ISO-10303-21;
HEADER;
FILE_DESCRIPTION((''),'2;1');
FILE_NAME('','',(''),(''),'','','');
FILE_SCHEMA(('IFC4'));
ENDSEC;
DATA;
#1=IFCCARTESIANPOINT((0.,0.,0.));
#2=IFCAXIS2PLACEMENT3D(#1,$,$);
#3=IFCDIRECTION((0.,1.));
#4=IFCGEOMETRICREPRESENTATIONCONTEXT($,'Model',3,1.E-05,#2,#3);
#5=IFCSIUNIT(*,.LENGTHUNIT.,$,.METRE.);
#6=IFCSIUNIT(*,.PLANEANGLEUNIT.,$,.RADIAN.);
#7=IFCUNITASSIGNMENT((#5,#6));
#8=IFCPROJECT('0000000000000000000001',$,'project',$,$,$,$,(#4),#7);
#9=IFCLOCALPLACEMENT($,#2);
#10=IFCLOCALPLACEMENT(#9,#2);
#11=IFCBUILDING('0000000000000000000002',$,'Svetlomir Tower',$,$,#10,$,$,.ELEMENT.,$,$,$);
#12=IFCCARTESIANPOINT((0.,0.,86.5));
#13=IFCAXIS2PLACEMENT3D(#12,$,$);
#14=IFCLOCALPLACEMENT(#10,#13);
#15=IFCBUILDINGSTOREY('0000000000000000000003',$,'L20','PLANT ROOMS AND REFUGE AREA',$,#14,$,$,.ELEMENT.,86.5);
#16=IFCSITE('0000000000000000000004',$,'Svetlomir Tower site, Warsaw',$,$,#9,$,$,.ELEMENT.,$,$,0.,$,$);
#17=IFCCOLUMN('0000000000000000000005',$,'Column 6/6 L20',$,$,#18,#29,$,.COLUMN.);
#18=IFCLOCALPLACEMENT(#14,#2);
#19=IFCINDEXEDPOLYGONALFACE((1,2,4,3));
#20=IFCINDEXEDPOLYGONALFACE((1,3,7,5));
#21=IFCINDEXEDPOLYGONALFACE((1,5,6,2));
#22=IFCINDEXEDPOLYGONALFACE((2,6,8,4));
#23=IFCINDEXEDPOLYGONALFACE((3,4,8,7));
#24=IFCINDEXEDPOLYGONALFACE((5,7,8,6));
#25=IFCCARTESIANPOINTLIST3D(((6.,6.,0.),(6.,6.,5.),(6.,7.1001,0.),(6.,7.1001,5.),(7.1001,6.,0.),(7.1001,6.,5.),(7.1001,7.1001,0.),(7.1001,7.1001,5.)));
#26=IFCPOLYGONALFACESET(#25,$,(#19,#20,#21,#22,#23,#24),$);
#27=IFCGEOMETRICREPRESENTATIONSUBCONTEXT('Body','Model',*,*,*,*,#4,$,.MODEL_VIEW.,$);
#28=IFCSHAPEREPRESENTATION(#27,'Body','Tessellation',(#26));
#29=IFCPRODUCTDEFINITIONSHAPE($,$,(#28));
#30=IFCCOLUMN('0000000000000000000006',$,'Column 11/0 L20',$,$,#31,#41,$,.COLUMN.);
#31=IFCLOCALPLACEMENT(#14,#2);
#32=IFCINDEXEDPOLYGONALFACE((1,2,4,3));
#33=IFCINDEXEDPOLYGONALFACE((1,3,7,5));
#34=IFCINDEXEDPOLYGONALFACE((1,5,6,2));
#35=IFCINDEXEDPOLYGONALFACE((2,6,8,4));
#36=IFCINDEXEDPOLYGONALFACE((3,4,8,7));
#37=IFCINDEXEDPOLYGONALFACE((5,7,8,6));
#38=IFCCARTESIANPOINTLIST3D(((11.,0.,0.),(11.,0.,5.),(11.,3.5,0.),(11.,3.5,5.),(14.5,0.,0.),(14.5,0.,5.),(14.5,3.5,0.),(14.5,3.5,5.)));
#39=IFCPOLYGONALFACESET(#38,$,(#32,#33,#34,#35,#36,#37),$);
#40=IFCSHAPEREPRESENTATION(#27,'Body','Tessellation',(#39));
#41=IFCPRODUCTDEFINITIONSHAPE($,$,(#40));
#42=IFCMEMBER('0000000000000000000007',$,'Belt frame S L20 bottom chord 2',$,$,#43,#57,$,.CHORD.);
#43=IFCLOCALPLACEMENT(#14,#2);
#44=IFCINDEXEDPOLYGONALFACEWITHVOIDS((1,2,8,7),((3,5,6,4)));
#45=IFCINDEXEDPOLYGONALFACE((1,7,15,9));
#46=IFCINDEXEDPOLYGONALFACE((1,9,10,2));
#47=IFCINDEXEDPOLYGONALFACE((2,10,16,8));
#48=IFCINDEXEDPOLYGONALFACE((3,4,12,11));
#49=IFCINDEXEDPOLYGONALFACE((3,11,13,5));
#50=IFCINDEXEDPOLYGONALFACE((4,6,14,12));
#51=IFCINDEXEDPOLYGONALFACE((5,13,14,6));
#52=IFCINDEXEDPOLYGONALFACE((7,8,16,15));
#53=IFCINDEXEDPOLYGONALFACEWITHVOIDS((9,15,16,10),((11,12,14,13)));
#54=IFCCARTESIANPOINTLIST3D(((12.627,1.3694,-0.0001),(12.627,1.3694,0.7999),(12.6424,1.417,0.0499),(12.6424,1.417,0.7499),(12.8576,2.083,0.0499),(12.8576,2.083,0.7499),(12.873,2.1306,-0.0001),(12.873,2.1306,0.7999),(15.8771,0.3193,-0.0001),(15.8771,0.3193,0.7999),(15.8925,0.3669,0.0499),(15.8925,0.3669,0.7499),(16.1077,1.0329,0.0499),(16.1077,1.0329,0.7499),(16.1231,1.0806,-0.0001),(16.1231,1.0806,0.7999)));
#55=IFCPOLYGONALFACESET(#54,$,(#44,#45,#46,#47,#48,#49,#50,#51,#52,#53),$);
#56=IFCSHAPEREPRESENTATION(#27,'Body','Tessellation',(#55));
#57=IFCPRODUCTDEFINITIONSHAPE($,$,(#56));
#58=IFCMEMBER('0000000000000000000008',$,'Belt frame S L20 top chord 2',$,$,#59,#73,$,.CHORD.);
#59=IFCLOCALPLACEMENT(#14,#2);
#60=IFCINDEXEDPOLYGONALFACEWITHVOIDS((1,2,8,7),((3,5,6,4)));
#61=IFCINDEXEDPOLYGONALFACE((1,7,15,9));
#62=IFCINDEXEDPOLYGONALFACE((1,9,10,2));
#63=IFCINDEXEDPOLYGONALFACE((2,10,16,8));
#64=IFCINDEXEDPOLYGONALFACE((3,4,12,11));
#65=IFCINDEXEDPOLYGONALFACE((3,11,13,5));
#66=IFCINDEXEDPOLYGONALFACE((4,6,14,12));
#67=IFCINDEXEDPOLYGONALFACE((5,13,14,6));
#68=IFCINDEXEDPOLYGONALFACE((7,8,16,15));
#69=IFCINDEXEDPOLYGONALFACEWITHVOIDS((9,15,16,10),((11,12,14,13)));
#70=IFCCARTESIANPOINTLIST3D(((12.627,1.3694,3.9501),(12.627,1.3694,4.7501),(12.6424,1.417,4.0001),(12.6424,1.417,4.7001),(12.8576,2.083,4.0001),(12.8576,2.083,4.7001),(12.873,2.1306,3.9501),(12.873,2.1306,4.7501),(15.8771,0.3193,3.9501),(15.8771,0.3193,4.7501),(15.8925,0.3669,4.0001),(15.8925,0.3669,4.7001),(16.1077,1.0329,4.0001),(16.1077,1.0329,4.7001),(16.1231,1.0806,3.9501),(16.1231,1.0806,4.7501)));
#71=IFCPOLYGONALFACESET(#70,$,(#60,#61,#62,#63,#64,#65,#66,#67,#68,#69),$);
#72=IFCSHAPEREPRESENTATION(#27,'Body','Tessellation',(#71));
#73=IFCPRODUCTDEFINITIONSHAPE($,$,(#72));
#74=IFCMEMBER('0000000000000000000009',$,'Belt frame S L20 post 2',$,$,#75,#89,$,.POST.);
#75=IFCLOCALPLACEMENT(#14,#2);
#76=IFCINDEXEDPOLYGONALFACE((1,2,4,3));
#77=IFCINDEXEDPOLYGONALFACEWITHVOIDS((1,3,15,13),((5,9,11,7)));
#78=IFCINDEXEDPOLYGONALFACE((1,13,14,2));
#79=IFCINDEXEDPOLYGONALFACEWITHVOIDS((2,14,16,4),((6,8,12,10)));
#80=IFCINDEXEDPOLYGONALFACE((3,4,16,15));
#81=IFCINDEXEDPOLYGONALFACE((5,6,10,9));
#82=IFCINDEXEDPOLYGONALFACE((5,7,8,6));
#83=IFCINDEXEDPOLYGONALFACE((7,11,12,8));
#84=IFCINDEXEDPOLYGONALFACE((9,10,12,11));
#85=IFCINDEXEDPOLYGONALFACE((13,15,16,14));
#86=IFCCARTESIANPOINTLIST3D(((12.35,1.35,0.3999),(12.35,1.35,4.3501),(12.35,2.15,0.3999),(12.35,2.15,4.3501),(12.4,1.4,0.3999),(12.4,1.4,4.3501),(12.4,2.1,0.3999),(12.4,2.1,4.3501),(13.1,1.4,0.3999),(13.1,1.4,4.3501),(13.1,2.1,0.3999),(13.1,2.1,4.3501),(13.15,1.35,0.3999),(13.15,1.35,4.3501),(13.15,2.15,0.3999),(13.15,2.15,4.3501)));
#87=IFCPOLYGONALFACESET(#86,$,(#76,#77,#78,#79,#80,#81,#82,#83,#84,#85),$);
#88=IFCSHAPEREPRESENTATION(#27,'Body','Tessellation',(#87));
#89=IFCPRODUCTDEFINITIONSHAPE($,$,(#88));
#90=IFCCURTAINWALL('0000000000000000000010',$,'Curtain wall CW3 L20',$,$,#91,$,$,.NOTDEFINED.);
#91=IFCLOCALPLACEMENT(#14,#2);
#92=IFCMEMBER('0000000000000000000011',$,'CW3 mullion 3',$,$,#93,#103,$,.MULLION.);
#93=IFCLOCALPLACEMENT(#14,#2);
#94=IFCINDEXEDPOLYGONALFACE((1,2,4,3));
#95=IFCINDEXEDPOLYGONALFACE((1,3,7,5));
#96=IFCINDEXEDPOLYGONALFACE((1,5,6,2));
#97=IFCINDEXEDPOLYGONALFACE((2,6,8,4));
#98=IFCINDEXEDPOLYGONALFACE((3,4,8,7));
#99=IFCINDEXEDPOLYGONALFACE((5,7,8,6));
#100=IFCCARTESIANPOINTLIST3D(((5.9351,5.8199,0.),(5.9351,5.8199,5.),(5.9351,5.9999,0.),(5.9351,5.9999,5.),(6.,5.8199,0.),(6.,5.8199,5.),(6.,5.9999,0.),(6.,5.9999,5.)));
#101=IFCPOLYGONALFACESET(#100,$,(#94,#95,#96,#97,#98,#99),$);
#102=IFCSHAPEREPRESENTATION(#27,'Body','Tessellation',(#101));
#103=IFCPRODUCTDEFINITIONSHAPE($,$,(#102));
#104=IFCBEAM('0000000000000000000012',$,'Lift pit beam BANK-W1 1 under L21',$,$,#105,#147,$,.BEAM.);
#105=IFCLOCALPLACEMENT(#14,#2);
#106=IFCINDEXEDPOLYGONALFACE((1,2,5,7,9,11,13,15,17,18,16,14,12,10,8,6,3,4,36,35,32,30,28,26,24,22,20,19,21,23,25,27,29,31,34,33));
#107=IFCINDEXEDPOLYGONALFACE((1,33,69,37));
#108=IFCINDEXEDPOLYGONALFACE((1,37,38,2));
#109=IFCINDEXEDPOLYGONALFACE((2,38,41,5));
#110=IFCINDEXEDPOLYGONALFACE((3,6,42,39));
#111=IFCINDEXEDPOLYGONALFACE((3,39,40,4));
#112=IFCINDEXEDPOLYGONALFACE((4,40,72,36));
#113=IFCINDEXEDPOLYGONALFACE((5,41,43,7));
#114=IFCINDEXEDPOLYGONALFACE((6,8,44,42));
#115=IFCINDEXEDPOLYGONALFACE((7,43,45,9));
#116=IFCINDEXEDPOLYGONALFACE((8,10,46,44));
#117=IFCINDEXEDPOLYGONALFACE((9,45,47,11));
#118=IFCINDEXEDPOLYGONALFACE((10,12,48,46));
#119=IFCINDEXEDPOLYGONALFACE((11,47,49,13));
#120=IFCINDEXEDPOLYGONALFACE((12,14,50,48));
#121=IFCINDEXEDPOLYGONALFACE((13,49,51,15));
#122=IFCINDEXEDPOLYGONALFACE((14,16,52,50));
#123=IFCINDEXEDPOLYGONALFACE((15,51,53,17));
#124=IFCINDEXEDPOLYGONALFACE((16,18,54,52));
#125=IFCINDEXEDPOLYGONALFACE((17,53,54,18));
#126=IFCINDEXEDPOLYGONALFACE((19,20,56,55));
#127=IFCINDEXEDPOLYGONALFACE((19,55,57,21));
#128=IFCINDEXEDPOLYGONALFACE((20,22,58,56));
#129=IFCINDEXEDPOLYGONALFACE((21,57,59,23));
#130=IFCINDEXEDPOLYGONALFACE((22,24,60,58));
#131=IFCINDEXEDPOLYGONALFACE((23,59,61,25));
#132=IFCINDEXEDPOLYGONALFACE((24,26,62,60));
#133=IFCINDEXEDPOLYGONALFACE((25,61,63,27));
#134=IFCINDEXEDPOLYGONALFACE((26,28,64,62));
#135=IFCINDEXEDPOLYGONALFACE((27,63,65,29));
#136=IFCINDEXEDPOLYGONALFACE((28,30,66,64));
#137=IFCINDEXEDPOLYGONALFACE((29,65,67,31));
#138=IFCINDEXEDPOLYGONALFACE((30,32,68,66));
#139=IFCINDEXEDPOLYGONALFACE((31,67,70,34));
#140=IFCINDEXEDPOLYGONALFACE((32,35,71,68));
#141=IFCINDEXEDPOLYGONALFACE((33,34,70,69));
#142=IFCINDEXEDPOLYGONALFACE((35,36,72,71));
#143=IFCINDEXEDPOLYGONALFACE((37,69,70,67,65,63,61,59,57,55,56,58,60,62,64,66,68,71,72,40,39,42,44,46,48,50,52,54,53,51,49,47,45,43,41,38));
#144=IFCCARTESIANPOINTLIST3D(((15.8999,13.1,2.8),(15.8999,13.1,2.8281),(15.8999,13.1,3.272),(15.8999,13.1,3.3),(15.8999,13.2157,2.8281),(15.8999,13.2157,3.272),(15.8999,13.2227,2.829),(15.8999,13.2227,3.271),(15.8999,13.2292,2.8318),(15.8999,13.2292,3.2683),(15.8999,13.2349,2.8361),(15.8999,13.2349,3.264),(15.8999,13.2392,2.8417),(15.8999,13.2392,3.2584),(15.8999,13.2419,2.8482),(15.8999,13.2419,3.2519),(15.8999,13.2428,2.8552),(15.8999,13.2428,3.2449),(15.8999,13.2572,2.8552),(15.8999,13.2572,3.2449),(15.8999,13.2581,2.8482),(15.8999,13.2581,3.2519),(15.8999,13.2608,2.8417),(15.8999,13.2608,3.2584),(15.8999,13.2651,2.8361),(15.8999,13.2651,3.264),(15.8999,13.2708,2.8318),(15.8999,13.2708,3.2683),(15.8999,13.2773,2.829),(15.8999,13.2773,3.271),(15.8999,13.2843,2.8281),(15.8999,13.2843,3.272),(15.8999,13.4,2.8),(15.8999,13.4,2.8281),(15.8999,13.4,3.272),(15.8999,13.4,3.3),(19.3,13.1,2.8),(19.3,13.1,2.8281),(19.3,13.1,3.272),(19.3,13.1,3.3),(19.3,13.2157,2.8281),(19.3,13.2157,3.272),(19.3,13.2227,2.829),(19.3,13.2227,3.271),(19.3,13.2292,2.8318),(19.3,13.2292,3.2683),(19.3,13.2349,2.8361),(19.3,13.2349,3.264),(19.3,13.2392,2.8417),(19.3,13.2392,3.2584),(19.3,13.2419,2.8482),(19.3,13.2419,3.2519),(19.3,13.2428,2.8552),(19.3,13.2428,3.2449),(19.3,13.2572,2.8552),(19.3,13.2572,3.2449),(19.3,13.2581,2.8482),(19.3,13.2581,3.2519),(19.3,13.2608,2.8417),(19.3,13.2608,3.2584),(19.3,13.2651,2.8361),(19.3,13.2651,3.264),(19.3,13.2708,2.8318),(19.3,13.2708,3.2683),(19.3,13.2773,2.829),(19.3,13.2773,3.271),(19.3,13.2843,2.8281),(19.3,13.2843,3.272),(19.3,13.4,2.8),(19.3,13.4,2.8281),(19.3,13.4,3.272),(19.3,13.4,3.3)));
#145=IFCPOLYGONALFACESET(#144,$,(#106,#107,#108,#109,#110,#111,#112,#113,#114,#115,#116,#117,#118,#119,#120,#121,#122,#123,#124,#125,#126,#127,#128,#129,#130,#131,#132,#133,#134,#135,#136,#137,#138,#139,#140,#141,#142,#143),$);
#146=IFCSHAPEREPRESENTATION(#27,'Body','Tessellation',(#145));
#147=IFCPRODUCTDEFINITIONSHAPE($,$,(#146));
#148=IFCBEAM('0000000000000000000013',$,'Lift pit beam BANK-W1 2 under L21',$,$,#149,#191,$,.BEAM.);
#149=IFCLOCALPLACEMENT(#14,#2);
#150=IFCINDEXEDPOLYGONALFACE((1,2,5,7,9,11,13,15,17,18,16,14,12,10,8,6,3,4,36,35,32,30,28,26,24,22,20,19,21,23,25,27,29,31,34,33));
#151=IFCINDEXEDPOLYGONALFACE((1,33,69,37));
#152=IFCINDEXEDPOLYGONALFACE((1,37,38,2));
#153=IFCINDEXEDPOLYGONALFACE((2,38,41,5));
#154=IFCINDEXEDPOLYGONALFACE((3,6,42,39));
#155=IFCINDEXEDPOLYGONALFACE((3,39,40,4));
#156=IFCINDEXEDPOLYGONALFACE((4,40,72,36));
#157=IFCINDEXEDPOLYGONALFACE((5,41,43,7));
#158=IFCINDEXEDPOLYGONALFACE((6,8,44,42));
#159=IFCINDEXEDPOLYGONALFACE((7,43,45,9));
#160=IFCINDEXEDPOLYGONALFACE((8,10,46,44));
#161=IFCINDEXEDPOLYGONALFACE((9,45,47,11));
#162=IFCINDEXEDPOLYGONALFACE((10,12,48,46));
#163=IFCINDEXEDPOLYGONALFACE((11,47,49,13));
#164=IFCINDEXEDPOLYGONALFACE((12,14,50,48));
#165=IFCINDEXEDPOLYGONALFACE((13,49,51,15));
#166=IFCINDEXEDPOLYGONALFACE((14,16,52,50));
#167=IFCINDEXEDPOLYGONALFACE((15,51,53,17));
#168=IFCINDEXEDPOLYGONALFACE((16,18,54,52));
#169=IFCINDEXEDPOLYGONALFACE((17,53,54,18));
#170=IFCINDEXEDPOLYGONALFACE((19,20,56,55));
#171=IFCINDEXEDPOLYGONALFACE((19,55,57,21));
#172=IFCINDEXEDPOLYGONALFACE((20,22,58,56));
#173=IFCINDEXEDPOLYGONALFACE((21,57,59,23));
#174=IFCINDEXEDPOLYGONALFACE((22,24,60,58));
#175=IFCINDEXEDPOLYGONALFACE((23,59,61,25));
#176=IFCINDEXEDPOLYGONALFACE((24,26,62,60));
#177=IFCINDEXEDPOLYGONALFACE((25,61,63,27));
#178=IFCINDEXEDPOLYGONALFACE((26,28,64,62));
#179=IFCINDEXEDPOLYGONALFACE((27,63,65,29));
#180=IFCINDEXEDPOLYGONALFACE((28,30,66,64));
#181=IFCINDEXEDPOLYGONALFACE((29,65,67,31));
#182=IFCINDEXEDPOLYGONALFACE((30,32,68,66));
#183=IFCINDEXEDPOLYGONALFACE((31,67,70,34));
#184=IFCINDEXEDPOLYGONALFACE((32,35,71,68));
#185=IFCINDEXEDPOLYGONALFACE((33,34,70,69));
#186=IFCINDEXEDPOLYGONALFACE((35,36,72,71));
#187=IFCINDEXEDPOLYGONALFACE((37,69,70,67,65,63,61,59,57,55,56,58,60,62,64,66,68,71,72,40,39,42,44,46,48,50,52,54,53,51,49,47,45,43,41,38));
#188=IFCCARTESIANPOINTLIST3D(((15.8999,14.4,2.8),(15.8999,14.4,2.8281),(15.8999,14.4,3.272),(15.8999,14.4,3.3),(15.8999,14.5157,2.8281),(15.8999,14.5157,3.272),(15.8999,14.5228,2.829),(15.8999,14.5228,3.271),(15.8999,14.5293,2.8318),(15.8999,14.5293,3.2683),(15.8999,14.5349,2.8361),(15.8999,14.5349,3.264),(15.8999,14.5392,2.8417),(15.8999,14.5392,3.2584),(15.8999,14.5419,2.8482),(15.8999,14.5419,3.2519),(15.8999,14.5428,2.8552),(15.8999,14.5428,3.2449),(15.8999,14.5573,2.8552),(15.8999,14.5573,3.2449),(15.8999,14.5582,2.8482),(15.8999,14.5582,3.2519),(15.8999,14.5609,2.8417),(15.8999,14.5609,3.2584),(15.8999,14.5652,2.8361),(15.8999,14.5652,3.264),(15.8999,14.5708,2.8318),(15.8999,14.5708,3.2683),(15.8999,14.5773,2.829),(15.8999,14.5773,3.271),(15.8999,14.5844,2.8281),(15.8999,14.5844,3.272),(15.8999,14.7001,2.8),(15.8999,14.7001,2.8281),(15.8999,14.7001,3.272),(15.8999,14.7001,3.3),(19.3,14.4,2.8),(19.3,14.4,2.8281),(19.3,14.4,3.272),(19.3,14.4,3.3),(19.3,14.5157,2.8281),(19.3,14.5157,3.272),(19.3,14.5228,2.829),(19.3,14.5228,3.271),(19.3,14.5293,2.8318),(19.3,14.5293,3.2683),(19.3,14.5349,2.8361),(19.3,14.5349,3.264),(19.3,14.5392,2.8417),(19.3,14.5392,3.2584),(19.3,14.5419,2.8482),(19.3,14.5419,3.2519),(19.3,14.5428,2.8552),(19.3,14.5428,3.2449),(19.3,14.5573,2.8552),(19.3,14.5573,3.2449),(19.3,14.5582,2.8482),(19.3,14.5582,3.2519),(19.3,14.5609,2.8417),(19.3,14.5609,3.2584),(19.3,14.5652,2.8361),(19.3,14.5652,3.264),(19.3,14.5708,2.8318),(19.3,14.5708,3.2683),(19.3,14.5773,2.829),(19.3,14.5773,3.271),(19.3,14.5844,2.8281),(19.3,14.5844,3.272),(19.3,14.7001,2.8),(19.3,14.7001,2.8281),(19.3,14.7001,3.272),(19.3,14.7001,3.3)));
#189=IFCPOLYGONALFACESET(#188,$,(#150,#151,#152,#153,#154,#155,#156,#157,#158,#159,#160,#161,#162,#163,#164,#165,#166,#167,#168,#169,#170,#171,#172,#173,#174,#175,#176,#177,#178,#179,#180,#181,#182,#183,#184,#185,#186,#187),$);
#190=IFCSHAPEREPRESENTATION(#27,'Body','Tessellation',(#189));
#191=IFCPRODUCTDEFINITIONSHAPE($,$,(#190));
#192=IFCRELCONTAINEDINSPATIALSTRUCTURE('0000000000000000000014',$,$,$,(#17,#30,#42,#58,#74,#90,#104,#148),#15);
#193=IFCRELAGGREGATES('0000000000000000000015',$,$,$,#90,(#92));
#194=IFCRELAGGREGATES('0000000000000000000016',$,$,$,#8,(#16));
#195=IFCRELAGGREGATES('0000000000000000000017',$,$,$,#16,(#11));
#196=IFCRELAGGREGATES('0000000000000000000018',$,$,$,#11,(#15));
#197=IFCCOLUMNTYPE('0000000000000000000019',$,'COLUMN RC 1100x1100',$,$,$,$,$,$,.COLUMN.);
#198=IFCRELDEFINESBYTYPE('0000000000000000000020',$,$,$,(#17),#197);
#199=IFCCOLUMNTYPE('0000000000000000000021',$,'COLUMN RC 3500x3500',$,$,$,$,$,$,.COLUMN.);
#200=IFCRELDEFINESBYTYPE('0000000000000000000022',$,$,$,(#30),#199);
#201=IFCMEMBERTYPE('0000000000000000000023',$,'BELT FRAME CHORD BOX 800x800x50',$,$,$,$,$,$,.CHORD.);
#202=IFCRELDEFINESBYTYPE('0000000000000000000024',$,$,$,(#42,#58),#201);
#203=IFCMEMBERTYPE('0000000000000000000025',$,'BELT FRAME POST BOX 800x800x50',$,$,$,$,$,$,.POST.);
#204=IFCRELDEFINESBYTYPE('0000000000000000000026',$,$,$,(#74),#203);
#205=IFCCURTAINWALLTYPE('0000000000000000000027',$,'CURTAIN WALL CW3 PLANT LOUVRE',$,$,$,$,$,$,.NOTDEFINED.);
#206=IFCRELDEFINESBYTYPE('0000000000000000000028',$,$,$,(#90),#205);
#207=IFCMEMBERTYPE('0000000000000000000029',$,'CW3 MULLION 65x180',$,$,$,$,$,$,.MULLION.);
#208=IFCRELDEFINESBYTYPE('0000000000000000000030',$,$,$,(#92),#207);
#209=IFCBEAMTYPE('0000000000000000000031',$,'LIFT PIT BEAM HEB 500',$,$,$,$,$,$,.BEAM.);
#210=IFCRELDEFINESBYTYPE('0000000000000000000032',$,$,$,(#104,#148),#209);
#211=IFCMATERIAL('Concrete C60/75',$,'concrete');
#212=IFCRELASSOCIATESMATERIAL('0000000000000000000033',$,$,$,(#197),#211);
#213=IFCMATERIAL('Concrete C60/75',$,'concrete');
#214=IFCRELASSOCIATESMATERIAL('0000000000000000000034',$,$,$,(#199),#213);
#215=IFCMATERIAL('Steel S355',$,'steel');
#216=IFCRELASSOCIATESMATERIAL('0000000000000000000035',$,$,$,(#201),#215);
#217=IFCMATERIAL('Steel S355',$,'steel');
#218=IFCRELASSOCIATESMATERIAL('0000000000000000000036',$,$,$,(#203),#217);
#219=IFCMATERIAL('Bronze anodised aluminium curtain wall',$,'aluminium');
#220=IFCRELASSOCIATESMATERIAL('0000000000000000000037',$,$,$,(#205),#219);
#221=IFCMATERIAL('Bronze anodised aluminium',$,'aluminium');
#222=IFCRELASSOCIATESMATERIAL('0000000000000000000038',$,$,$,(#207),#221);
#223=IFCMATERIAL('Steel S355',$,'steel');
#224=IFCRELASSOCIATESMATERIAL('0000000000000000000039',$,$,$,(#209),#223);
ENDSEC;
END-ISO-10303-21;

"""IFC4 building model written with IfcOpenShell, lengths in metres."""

from ifc_helpers import new_model, si_unit, direction, frame, origin, origin_2d, place, context, subcontext, project, spatial, rectangle, hollow_rectangle, i_section, extrude, material, material_profile, profile_set, type_object, element, aggregate, save


model = new_model("IFC4")

# Units and contexts
model_context = context("Model", 3, precision=1e-05, world=origin(), true_north=direction((0.0, 1.0)))
body_context = subcontext(model_context, "Body", "Model", "MODEL_VIEW")
ifc_project = project(units=[si_unit("LENGTHUNIT", "METRE"), si_unit("PLANEANGLEUNIT", "RADIAN")], contexts=[model_context])

# Site, building, storey
site_placement = place(None, origin())
site = spatial("IfcSite", under=ifc_project, at=site_placement, Name="Svetlomir Tower site, Warsaw", CompositionType="ELEMENT", RefElevation=0.0)
building_placement = place(site_placement, origin())
building = spatial("IfcBuilding", under=site, at=building_placement, Name="Svetlomir Tower", CompositionType="ELEMENT")
storey_placement = place(building_placement, frame((0.0, 0.0, 86.5)))
storey = spatial("IfcBuildingStorey", under=building, at=storey_placement, Name="L20", Description="PLANT ROOMS AND REFUGE AREA", CompositionType="ELEMENT", Elevation=86.5)

# Columns
ifc_material_1 = material(Name="Concrete C60/75", Category="concrete")
ifc_material_profile_1 = material_profile(ifc_material_1, rectangle(XDim=1.1001, YDim=1.1001, at=origin_2d()), Name="RC 1100x1100")
ifc_profile_set_1 = profile_set([ifc_material_profile_1], Name="Concrete C60/75")
column_type_1 = type_object("IfcColumnType", Name="COLUMN RC 1100x1100", PredefinedType="COLUMN", material=ifc_profile_set_1)
column_1_placement = place(storey_placement, frame((6.55, 6.55, 0.0), z_axis=(0.0, 0.0, 1.0), x_axis=(1.0, 0.0, 0.0)))
element("IfcColumn", 1, at=column_1_placement, inside=storey, type_object=column_type_1, Name="Column 6/6 L20", PredefinedType="COLUMN", context=body_context, shape_type="SweptSolid", body=[
    extrude(rectangle(XDim=1.1001, YDim=1.1001, at=origin_2d()), origin(), (0.0, 0.0, 1.0), 5.0),
])
ifc_material_2 = material(Name="Concrete C60/75", Category="concrete")
ifc_material_profile_2 = material_profile(ifc_material_2, rectangle(XDim=3.5, YDim=3.5, at=origin_2d()), Name="RC 3500x3500")
ifc_profile_set_2 = profile_set([ifc_material_profile_2], Name="Concrete C60/75")
column_type_2 = type_object("IfcColumnType", Name="COLUMN RC 3500x3500", PredefinedType="COLUMN", material=ifc_profile_set_2)
column_2_placement = place(storey_placement, frame((12.75, 1.75, 0.0), z_axis=(0.0, 0.0, 1.0), x_axis=(1.0, 0.0, 0.0)))
element("IfcColumn", 2, at=column_2_placement, inside=storey, type_object=column_type_2, Name="Column 11/0 L20", PredefinedType="COLUMN", context=body_context, shape_type="SweptSolid", body=[
    extrude(rectangle(XDim=3.5, YDim=3.5, at=origin_2d()), origin(), (0.0, 0.0, 1.0), 5.0),
])

# Members
ifc_material_3 = material(Name="Steel S355", Category="steel")
ifc_material_profile_3 = material_profile(ifc_material_3, hollow_rectangle(XDim=0.8, YDim=0.8, WallThickness=0.05, at=origin_2d()), Name="BOX 800x800x50")
ifc_profile_set_3 = profile_set([ifc_material_profile_3], Name="Steel S355")
member_type_1 = type_object("IfcMemberType", Name="BELT FRAME CHORD BOX 800x800x50", PredefinedType="CHORD", material=ifc_profile_set_3)
for number, where, z_axis, x_axis, name in (
    (3, (12.75, 1.75, 0.3999), (0.951566, -0.307443, 0.0), (0.307443, 0.951566, 0.0), "Belt frame S L20 bottom chord 2"),
    (4, (12.75, 1.75, 4.3501), (0.951566, -0.307443, 0.0), (0.307443, 0.951566, 0.0), "Belt frame S L20 top chord 2"),
):
    element("IfcMember", number, at=place(storey_placement, frame(where, z_axis=z_axis, x_axis=x_axis)), inside=storey, type_object=member_type_1, Name=name, PredefinedType="CHORD", context=body_context, shape_type="SweptSolid", body=[
        extrude(hollow_rectangle(XDim=0.8, YDim=0.8, WallThickness=0.05, at=origin_2d()), origin(), (0.0, 0.0, 1.0), 3.4155),
    ])
ifc_material_4 = material(Name="Steel S355", Category="steel")
ifc_material_profile_4 = material_profile(ifc_material_4, hollow_rectangle(XDim=0.8, YDim=0.8, WallThickness=0.05, at=origin_2d()), Name="BOX 800x800x50")
ifc_profile_set_4 = profile_set([ifc_material_profile_4], Name="Steel S355")
member_type_2 = type_object("IfcMemberType", Name="BELT FRAME POST BOX 800x800x50", PredefinedType="POST", material=ifc_profile_set_4)
member_1_placement = place(storey_placement, frame((12.75, 1.75, 0.3999), z_axis=(0.0, 0.0, 1.0), x_axis=(1.0, 0.0, 0.0)))
element("IfcMember", 5, at=member_1_placement, inside=storey, type_object=member_type_2, Name="Belt frame S L20 post 2", PredefinedType="POST", context=body_context, shape_type="SweptSolid", body=[
    extrude(hollow_rectangle(XDim=0.8, YDim=0.8, WallThickness=0.05, at=origin_2d()), origin(), (0.0, 0.0, 1.0), 3.9502),
])

# Curtain wall, member
ifc_material_5 = material(Name="Bronze anodised aluminium curtain wall", Category="aluminium")
curtain_wall_type = type_object("IfcCurtainWallType", Name="CURTAIN WALL CW3 PLANT LOUVRE", PredefinedType="NOTDEFINED", material=ifc_material_5)
curtain_wall_placement = place(storey_placement, origin())
curtain_wall = element("IfcCurtainWall", 6, at=curtain_wall_placement, inside=storey, type_object=curtain_wall_type, Name="Curtain wall CW3 L20", PredefinedType="NOTDEFINED")
ifc_material_6 = material(Name="Bronze anodised aluminium", Category="aluminium")
ifc_material_profile_5 = material_profile(ifc_material_6, rectangle(XDim=0.0649, YDim=0.1799, at=origin_2d()), Name="AL 65x180")
ifc_profile_set_5 = profile_set([ifc_material_profile_5], Name="Bronze anodised aluminium 6063-T6")
member_type_3 = type_object("IfcMemberType", Name="CW3 MULLION 65x180", PredefinedType="MULLION", material=ifc_profile_set_5)
member_2_placement = place(storey_placement, frame((5.9675, 5.9099, 0.0), z_axis=(0.0, 0.0, 1.0), x_axis=(1.0, 0.0, 0.0)))
member_2 = element("IfcMember", 7, at=member_2_placement, type_object=member_type_3, Name="CW3 mullion 3", PredefinedType="MULLION", context=body_context, shape_type="SweptSolid", body=[
    extrude(rectangle(XDim=0.0649, YDim=0.1799, at=origin_2d()), origin(), (0.0, 0.0, 1.0), 5.0),
])
aggregate(curtain_wall, [member_2])

# Beams
ifc_material_7 = material(Name="Steel S355", Category="steel")
ifc_material_profile_6 = material_profile(ifc_material_7, i_section(OverallWidth=0.3, OverallDepth=0.5, WebThickness=0.0144, FlangeThickness=0.0281, FilletRadius=0.0271, at=origin_2d()), Name="HEB 500")
ifc_profile_set_6 = profile_set([ifc_material_profile_6], Name="Steel S355")
beam_type = type_object("IfcBeamType", Name="LIFT PIT BEAM HEB 500", PredefinedType="BEAM", material=ifc_profile_set_6)
for number, where, z_axis, x_axis, name in (
    (8, (15.8999, 13.25, 3.05), (1.0, 0.0, 0.0), (0.0, 1.0, 0.0), "Lift pit beam BANK-W1 1 under L21"),
    (9, (15.8999, 14.55, 3.05), (1.0, 0.0, 0.0), (0.0, 1.0, 0.0), "Lift pit beam BANK-W1 2 under L21"),
):
    element("IfcBeam", number, at=place(storey_placement, frame(where, z_axis=z_axis, x_axis=x_axis)), inside=storey, type_object=beam_type, Name=name, PredefinedType="BEAM", context=body_context, shape_type="SweptSolid", body=[
        extrude(i_section(OverallWidth=0.3, OverallDepth=0.5, WebThickness=0.0144, FlangeThickness=0.0281, FilletRadius=0.0271, at=origin_2d()), origin(), (0.0, 0.0, 1.0), 3.4001),
    ])

save(model, "model.ifc")
